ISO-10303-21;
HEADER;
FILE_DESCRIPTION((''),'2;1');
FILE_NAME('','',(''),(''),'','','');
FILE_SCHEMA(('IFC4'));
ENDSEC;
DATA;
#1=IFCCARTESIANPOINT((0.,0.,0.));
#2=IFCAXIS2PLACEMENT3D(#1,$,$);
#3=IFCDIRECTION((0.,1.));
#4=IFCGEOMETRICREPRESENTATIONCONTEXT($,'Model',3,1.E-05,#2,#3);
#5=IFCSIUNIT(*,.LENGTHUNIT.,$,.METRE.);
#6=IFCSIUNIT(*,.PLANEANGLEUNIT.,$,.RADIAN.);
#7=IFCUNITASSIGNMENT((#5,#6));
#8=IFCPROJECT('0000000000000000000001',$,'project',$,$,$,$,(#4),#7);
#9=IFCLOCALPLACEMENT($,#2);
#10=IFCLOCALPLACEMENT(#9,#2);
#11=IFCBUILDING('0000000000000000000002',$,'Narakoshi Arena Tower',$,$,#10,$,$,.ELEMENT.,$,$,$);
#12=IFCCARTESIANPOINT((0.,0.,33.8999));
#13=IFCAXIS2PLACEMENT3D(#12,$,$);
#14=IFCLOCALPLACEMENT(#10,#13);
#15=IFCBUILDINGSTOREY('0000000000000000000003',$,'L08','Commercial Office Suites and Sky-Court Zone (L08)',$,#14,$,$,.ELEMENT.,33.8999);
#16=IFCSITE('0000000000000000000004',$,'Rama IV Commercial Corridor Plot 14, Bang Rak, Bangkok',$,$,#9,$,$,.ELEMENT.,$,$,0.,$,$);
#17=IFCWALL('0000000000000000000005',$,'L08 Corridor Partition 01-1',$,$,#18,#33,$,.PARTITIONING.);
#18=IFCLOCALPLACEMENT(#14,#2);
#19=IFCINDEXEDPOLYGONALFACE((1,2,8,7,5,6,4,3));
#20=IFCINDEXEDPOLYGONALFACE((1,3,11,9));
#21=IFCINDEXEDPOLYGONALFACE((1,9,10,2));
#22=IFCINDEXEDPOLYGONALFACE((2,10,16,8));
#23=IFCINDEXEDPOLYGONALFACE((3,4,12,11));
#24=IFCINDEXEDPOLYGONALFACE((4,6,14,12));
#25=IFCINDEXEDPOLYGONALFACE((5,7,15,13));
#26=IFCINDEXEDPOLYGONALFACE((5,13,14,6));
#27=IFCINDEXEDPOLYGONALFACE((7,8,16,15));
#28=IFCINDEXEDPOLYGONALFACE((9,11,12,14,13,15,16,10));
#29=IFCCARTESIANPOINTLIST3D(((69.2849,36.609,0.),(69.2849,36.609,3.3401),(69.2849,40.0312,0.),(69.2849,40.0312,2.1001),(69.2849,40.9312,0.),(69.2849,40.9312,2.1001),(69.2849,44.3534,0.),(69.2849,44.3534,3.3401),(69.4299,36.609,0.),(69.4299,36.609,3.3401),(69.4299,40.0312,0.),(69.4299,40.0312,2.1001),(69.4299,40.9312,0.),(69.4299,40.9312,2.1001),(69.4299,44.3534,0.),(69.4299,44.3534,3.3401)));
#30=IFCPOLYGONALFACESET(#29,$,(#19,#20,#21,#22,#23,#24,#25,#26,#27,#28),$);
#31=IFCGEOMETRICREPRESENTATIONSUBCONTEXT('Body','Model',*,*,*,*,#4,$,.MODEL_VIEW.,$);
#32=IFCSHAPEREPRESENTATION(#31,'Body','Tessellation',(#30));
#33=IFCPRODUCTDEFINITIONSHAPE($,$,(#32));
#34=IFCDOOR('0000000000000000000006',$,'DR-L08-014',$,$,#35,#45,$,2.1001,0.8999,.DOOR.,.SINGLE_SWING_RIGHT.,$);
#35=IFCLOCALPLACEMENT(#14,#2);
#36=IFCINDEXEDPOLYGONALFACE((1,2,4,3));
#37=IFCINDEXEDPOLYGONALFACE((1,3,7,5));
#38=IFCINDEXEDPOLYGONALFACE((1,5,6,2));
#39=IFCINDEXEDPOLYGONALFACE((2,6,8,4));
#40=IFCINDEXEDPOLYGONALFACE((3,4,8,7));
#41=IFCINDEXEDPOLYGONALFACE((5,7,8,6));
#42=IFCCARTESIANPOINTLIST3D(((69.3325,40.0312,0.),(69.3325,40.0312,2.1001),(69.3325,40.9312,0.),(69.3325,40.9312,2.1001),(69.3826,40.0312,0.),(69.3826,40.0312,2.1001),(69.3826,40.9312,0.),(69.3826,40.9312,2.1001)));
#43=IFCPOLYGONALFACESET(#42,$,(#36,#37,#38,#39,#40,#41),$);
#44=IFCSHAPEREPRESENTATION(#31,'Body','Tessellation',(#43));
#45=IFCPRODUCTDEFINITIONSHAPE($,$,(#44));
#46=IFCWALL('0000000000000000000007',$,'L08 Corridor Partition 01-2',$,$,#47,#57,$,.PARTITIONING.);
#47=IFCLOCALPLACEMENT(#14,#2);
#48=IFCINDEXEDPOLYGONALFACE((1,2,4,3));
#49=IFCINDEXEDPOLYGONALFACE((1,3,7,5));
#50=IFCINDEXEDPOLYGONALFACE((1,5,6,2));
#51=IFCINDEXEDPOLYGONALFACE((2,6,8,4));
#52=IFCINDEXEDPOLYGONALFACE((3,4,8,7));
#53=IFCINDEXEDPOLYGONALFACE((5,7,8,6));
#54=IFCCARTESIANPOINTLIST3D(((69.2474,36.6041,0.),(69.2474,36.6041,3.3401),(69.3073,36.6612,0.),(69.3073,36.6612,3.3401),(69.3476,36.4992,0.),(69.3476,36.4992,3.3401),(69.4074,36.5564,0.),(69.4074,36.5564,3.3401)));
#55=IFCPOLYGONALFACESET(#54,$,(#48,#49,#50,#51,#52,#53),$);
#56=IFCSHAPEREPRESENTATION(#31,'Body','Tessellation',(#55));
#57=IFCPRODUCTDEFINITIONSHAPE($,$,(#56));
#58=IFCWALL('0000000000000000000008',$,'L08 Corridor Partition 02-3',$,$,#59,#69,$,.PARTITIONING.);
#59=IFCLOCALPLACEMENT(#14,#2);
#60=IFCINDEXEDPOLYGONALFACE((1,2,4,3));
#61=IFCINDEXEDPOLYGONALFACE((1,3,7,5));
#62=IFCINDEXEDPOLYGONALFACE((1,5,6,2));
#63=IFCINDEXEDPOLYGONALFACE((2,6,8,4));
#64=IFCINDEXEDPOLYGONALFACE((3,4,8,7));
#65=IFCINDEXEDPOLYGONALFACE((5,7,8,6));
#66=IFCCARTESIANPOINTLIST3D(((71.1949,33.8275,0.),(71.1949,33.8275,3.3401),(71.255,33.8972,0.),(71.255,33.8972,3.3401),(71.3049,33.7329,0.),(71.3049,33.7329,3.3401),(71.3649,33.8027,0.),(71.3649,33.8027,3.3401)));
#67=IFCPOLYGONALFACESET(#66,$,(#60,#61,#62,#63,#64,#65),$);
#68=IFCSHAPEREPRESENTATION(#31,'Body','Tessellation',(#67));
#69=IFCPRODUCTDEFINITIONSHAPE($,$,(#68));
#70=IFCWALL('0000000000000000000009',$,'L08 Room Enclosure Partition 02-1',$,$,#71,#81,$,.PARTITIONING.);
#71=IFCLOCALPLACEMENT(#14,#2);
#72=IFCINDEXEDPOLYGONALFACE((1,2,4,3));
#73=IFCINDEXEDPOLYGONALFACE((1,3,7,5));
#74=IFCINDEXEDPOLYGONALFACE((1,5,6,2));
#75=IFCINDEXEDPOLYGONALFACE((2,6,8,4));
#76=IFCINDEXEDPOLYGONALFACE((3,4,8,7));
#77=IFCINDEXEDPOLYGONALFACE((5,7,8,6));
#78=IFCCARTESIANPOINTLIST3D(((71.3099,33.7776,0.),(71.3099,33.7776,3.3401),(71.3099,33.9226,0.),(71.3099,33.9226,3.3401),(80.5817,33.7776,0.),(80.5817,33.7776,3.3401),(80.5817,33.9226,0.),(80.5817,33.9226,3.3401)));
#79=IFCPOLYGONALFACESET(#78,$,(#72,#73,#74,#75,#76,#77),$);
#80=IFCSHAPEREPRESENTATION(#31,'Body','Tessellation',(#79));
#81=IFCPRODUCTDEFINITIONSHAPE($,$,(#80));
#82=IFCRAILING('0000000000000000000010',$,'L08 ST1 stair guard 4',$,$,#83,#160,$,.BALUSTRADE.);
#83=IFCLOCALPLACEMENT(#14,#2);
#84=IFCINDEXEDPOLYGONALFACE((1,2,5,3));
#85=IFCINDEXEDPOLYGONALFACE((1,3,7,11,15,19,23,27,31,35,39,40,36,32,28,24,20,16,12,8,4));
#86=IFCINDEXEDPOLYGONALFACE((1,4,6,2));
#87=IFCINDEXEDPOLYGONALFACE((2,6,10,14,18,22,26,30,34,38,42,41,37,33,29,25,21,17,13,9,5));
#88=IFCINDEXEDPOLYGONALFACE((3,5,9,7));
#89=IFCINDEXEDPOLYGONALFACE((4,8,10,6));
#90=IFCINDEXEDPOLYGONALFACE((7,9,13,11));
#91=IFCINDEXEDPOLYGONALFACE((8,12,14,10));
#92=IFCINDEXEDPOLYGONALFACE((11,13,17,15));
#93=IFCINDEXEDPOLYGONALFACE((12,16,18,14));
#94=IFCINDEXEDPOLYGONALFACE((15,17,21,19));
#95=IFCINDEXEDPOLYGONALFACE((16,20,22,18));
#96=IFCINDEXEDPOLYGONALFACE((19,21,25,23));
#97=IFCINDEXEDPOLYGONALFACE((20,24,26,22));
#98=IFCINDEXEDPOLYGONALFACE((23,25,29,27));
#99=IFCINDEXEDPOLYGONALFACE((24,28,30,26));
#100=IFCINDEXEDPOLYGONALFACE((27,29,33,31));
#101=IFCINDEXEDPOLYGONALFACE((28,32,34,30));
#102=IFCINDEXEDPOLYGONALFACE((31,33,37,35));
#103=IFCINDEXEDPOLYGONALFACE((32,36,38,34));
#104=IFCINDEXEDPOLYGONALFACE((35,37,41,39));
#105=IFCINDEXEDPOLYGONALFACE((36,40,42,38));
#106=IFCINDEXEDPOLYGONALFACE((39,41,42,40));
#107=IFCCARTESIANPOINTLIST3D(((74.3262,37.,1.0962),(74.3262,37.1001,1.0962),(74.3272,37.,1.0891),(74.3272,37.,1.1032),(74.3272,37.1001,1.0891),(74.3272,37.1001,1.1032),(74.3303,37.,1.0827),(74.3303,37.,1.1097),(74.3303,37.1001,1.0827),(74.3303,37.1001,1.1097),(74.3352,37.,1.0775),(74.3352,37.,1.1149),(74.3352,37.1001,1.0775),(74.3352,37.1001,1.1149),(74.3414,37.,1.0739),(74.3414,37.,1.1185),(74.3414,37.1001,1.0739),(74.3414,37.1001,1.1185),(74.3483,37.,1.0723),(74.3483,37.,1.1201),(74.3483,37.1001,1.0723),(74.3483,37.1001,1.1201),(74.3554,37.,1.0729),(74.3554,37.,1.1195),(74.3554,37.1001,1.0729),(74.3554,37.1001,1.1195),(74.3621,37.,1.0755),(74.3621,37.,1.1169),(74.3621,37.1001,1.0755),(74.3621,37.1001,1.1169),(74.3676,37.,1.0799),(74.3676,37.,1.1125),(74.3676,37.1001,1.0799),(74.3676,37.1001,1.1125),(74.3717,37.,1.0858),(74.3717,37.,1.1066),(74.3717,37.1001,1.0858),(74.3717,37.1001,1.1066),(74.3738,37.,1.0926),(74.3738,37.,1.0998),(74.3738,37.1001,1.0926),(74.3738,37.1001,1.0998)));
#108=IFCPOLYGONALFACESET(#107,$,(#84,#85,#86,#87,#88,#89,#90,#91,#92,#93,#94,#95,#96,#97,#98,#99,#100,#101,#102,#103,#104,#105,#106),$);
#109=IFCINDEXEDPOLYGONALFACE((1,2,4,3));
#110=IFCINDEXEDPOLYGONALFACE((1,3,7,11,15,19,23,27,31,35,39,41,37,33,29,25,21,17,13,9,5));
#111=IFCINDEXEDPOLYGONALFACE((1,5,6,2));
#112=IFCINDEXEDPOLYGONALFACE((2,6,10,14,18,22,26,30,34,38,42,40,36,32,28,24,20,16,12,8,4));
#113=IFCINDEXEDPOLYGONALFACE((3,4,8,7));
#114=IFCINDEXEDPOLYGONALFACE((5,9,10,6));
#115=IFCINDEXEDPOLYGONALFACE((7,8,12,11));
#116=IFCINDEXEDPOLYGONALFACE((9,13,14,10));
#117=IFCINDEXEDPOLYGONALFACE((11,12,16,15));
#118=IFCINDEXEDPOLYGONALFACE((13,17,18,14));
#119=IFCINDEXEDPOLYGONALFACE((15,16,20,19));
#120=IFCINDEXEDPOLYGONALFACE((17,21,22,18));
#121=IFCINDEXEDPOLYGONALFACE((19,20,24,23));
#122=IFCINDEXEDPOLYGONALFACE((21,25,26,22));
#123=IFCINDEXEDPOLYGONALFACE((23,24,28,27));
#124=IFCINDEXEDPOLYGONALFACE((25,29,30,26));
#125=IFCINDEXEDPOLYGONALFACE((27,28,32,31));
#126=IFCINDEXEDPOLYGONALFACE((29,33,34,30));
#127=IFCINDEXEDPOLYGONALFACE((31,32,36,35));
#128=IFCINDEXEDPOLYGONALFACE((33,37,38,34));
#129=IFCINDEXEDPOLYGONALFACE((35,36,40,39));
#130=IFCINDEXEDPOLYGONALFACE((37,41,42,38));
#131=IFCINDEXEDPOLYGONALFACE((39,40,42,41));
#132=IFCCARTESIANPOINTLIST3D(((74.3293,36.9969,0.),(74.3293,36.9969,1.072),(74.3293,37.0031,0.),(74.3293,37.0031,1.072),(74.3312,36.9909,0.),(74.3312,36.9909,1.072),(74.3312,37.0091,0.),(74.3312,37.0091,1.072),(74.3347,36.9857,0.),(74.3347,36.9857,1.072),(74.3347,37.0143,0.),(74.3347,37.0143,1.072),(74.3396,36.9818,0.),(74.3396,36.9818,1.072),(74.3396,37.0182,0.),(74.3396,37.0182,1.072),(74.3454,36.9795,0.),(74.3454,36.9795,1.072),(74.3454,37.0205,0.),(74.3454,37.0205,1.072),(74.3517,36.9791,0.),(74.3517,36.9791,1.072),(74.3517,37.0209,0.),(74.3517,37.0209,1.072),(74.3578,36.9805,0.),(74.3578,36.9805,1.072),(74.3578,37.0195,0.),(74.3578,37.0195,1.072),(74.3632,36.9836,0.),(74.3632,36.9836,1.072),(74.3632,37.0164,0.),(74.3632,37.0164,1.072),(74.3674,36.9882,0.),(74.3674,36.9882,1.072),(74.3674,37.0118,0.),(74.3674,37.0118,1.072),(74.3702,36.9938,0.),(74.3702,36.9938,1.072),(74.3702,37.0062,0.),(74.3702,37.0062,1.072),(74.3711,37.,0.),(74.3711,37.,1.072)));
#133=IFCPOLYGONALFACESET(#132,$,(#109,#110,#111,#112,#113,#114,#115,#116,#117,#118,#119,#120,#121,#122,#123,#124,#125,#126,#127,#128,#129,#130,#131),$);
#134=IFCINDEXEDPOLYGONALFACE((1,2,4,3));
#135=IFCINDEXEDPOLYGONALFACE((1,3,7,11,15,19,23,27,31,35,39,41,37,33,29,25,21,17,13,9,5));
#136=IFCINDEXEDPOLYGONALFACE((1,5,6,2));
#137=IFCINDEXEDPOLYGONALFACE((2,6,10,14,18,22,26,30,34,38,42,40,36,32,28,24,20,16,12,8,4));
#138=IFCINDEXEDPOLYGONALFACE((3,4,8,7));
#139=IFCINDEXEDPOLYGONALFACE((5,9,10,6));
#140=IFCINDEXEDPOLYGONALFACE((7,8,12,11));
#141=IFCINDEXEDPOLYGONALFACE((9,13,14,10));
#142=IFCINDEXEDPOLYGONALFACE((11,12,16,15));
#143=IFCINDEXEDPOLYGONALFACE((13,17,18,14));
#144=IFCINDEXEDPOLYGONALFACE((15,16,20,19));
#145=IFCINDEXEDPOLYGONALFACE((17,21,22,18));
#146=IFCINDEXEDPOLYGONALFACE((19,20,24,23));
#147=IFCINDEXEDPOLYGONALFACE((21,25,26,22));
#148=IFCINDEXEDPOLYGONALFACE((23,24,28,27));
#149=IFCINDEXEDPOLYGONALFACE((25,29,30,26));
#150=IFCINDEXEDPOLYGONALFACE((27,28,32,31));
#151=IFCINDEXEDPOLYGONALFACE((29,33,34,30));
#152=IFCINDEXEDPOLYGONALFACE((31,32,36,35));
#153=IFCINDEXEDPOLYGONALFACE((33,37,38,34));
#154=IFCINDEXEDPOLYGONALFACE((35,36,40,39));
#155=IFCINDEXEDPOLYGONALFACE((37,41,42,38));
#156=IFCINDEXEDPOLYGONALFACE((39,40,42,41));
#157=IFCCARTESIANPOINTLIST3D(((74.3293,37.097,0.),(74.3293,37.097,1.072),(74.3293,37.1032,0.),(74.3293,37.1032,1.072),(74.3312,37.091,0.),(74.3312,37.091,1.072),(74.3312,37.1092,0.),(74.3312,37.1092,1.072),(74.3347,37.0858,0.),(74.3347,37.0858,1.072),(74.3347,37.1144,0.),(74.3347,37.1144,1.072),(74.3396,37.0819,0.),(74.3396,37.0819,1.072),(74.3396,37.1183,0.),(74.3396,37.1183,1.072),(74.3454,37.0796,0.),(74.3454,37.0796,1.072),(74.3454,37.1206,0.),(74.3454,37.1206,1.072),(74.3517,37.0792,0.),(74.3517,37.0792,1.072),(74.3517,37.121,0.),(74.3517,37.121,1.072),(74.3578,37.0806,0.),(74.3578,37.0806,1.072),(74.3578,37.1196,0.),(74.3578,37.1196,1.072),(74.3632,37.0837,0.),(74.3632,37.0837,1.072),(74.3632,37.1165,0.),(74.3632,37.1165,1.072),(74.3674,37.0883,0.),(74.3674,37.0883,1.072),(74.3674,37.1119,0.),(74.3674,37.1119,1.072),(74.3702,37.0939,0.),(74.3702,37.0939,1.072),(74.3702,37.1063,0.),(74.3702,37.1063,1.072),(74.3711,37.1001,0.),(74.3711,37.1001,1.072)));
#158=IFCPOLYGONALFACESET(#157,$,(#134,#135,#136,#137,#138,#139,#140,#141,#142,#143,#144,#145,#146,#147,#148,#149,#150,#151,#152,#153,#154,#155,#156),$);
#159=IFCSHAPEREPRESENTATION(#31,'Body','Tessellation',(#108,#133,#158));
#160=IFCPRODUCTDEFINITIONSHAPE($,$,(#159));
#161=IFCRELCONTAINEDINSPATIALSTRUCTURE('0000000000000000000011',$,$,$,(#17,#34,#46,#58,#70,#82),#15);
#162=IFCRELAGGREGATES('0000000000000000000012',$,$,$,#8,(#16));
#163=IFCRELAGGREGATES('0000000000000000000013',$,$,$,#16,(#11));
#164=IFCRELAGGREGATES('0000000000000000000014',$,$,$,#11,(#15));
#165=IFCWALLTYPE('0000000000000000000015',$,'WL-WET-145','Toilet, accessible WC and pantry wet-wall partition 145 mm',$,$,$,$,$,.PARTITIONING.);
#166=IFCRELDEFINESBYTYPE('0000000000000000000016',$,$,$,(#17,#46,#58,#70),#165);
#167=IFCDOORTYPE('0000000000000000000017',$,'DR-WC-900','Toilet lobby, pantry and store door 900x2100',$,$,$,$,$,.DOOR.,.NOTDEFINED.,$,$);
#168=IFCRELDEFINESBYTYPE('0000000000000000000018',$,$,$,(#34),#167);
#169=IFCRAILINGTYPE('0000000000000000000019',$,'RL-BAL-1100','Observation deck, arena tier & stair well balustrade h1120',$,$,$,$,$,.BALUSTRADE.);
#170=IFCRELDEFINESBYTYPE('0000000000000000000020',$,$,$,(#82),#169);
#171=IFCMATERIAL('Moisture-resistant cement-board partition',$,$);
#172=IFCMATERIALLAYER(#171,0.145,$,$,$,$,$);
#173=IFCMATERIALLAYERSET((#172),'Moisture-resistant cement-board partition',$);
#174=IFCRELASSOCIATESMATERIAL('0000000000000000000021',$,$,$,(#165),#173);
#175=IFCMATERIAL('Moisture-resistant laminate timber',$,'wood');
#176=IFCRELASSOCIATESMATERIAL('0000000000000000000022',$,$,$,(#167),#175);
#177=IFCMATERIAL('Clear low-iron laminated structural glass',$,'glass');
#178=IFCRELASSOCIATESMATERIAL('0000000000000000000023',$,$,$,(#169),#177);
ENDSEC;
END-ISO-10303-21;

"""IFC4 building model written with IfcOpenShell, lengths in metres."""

from ifc_helpers import new_model, si_unit, direction, frame, frame_2d, origin, origin_2d, place, context, subcontext, project, spatial, rectangle, circle, extrude, material, layer, layer_set, type_object, element, fill, save


model = new_model("IFC4")

# Units and contexts
model_context = context("Model", 3, precision=1e-05, world=origin(), true_north=direction((0.0, 1.0)))
body_context = subcontext(model_context, "Body", "Model", "MODEL_VIEW")
ifc_project = project(units=[si_unit("LENGTHUNIT", "METRE"), si_unit("PLANEANGLEUNIT", "RADIAN")], contexts=[model_context])

# Site, building, storey
site_placement = place(None, origin())
site = spatial("IfcSite", under=ifc_project, at=site_placement, Name="Rama IV Commercial Corridor Plot 14, Bang Rak, Bangkok", CompositionType="ELEMENT", RefElevation=0.0)
building_placement = place(site_placement, origin())
building = spatial("IfcBuilding", under=site, at=building_placement, Name="Narakoshi Arena Tower", CompositionType="ELEMENT")
storey_placement = place(building_placement, frame((0.0, 0.0, 33.8999)))
storey = spatial("IfcBuildingStorey", under=building, at=storey_placement, Name="L08", Description="Commercial Office Suites and Sky-Court Zone (L08)", CompositionType="ELEMENT", Elevation=33.8999)

# Wall, opening, door
ifc_material_1 = material(Name="Moisture-resistant cement-board partition")
ifc_layer_1 = layer(ifc_material_1, 0.145)
ifc_layer_set_1 = layer_set([ifc_layer_1], Name="Moisture-resistant cement-board partition")
wall_type_1 = type_object("IfcWallType", Name="WL-WET-145", Description="Toilet, accessible WC and pantry wet-wall partition 145 mm", PredefinedType="PARTITIONING", material=ifc_layer_set_1)
wall_1_placement = place(storey_placement, frame((69.3574, 44.3533, 0.0), z_axis=(0.0, 0.0, 1.0), x_axis=(0.0, -1.0, 0.0)))
wall_1 = element("IfcWall", 1, at=wall_1_placement, inside=storey, type_object=wall_type_1, Name="L08 Corridor Partition 01-1", PredefinedType="PARTITIONING", context=body_context, shape_type="SweptSolid", body=[
    extrude(rectangle(XDim=7.7444, YDim=0.145, at=frame_2d((3.8721, 0.0))), origin(), (0.0, 0.0, 1.0), 3.3401),
])
opening_1_placement = place(wall_1_placement, frame((3.4221, 0.0, 0.0)))
opening_1 = element("IfcOpeningElement", 2, at=opening_1_placement, cuts=wall_1, PredefinedType="OPENING", context=body_context, shape_type="SweptSolid", body=[
    extrude(rectangle(XDim=0.8999, YDim=2.1001, at=frame_2d((0.45, 1.05))), frame((0.0, 0.0825, 0.0), z_axis=(0.0, -1.0, 0.0), x_axis=(1.0, 0.0, 0.0)), (0.0, 0.0, 1.0), 0.165),
])
ifc_material_2 = material(Name="Moisture-resistant laminate timber", Category="wood")
door_type_1 = type_object("IfcDoorType", Name="DR-WC-900", Description="Toilet lobby, pantry and store door 900x2100", OperationType="NOTDEFINED", PredefinedType="DOOR", material=ifc_material_2)
door_1_placement = place(opening_1_placement, frame((0.8999, 0.0, 0.0), z_axis=(0.0, 0.0, 1.0), x_axis=(-1.0, 0.0, 0.0)))
door_1 = element("IfcDoor", 3, at=door_1_placement, inside=storey, type_object=door_type_1, Name="DR-L08-014", OperationType="SINGLE_SWING_RIGHT", OverallHeight=2.1001, OverallWidth=0.8999, PredefinedType="DOOR", context=body_context, shape_type="SweptSolid", body=[
    extrude(rectangle(XDim=0.8999, YDim=2.1001, at=frame_2d((0.45, 1.05))), frame((0.0, 0.0249, 0.0), z_axis=(0.0, -1.0, 0.0), x_axis=(1.0, 0.0, 0.0)), (0.0, 0.0, 1.0), 0.05),
])
fill(opening_1, door_1)

# Walls
wall_2_placement = place(storey_placement, frame((69.3574, 36.6089, 0.0), z_axis=(0.0, 0.0, 1.0), x_axis=(-0.723154, -0.690686, 0.0)))
element("IfcWall", 4, at=wall_2_placement, inside=storey, type_object=wall_type_1, Name="L08 Corridor Partition 01-2", PredefinedType="PARTITIONING", context=body_context, shape_type="SweptSolid", body=[
    extrude(rectangle(XDim=0.0828, YDim=0.145, at=frame_2d((0.0415, 0.0))), origin(), (0.0, 0.0, 1.0), 3.3401),
])
wall_3_placement = place(storey_placement, frame((71.25, 33.7803, 0.0), z_axis=(0.0, 0.0, 1.0), x_axis=(0.6521, 0.758133, 0.0)))
element("IfcWall", 5, at=wall_3_placement, inside=storey, type_object=wall_type_1, Name="L08 Corridor Partition 02-3", PredefinedType="PARTITIONING", context=body_context, shape_type="SweptSolid", body=[
    extrude(rectangle(XDim=0.092, YDim=0.145, at=frame_2d((0.0459, 0.0))), origin(), (0.0, 0.0, 1.0), 3.3401),
])
wall_4_placement = place(storey_placement, frame((71.3101, 33.8501, 0.0), z_axis=(0.0, 0.0, 1.0), x_axis=(1.0, 0.0, 0.0)))
element("IfcWall", 6, at=wall_4_placement, inside=storey, type_object=wall_type_1, Name="L08 Room Enclosure Partition 02-1", PredefinedType="PARTITIONING", context=body_context, shape_type="SweptSolid", body=[
    extrude(rectangle(XDim=9.2717, YDim=0.145, at=frame_2d((4.6357, 0.0))), origin(), (0.0, 0.0, 1.0), 3.3401),
])

# Railing
ifc_material_3 = material(Name="Clear low-iron laminated structural glass", Category="glass")
railing_type_1 = type_object("IfcRailingType", Name="RL-BAL-1100", Description="Observation deck, arena tier & stair well balustrade h1120", PredefinedType="BALUSTRADE", material=ifc_material_3)
for number, where, name in (
    (7, (74.3501, 37.0, 0.0), "L08 ST1 stair guard 4"),
):
    element("IfcRailing", number, at=place(storey_placement, frame(where)), inside=storey, type_object=railing_type_1, Name=name, PredefinedType="BALUSTRADE", context=body_context, shape_type="SweptSolid", body=[
        extrude(circle(Radius=0.0239, at=origin_2d()), frame((0.0, 0.0, 1.0962), z_axis=(0.0, 1.0, 0.0), x_axis=(-1.0, 0.0, 0.0)), (0.0, 0.0, 1.0), 0.1001),
        extrude(circle(Radius=0.021, at=origin_2d()), origin(), (0.0, 0.0, 1.0), 1.072),
        extrude(circle(Radius=0.021, at=origin_2d()), frame((0.0, 0.1001, 0.0)), (0.0, 0.0, 1.0), 1.072),
    ])

save(model, "model.ifc")
